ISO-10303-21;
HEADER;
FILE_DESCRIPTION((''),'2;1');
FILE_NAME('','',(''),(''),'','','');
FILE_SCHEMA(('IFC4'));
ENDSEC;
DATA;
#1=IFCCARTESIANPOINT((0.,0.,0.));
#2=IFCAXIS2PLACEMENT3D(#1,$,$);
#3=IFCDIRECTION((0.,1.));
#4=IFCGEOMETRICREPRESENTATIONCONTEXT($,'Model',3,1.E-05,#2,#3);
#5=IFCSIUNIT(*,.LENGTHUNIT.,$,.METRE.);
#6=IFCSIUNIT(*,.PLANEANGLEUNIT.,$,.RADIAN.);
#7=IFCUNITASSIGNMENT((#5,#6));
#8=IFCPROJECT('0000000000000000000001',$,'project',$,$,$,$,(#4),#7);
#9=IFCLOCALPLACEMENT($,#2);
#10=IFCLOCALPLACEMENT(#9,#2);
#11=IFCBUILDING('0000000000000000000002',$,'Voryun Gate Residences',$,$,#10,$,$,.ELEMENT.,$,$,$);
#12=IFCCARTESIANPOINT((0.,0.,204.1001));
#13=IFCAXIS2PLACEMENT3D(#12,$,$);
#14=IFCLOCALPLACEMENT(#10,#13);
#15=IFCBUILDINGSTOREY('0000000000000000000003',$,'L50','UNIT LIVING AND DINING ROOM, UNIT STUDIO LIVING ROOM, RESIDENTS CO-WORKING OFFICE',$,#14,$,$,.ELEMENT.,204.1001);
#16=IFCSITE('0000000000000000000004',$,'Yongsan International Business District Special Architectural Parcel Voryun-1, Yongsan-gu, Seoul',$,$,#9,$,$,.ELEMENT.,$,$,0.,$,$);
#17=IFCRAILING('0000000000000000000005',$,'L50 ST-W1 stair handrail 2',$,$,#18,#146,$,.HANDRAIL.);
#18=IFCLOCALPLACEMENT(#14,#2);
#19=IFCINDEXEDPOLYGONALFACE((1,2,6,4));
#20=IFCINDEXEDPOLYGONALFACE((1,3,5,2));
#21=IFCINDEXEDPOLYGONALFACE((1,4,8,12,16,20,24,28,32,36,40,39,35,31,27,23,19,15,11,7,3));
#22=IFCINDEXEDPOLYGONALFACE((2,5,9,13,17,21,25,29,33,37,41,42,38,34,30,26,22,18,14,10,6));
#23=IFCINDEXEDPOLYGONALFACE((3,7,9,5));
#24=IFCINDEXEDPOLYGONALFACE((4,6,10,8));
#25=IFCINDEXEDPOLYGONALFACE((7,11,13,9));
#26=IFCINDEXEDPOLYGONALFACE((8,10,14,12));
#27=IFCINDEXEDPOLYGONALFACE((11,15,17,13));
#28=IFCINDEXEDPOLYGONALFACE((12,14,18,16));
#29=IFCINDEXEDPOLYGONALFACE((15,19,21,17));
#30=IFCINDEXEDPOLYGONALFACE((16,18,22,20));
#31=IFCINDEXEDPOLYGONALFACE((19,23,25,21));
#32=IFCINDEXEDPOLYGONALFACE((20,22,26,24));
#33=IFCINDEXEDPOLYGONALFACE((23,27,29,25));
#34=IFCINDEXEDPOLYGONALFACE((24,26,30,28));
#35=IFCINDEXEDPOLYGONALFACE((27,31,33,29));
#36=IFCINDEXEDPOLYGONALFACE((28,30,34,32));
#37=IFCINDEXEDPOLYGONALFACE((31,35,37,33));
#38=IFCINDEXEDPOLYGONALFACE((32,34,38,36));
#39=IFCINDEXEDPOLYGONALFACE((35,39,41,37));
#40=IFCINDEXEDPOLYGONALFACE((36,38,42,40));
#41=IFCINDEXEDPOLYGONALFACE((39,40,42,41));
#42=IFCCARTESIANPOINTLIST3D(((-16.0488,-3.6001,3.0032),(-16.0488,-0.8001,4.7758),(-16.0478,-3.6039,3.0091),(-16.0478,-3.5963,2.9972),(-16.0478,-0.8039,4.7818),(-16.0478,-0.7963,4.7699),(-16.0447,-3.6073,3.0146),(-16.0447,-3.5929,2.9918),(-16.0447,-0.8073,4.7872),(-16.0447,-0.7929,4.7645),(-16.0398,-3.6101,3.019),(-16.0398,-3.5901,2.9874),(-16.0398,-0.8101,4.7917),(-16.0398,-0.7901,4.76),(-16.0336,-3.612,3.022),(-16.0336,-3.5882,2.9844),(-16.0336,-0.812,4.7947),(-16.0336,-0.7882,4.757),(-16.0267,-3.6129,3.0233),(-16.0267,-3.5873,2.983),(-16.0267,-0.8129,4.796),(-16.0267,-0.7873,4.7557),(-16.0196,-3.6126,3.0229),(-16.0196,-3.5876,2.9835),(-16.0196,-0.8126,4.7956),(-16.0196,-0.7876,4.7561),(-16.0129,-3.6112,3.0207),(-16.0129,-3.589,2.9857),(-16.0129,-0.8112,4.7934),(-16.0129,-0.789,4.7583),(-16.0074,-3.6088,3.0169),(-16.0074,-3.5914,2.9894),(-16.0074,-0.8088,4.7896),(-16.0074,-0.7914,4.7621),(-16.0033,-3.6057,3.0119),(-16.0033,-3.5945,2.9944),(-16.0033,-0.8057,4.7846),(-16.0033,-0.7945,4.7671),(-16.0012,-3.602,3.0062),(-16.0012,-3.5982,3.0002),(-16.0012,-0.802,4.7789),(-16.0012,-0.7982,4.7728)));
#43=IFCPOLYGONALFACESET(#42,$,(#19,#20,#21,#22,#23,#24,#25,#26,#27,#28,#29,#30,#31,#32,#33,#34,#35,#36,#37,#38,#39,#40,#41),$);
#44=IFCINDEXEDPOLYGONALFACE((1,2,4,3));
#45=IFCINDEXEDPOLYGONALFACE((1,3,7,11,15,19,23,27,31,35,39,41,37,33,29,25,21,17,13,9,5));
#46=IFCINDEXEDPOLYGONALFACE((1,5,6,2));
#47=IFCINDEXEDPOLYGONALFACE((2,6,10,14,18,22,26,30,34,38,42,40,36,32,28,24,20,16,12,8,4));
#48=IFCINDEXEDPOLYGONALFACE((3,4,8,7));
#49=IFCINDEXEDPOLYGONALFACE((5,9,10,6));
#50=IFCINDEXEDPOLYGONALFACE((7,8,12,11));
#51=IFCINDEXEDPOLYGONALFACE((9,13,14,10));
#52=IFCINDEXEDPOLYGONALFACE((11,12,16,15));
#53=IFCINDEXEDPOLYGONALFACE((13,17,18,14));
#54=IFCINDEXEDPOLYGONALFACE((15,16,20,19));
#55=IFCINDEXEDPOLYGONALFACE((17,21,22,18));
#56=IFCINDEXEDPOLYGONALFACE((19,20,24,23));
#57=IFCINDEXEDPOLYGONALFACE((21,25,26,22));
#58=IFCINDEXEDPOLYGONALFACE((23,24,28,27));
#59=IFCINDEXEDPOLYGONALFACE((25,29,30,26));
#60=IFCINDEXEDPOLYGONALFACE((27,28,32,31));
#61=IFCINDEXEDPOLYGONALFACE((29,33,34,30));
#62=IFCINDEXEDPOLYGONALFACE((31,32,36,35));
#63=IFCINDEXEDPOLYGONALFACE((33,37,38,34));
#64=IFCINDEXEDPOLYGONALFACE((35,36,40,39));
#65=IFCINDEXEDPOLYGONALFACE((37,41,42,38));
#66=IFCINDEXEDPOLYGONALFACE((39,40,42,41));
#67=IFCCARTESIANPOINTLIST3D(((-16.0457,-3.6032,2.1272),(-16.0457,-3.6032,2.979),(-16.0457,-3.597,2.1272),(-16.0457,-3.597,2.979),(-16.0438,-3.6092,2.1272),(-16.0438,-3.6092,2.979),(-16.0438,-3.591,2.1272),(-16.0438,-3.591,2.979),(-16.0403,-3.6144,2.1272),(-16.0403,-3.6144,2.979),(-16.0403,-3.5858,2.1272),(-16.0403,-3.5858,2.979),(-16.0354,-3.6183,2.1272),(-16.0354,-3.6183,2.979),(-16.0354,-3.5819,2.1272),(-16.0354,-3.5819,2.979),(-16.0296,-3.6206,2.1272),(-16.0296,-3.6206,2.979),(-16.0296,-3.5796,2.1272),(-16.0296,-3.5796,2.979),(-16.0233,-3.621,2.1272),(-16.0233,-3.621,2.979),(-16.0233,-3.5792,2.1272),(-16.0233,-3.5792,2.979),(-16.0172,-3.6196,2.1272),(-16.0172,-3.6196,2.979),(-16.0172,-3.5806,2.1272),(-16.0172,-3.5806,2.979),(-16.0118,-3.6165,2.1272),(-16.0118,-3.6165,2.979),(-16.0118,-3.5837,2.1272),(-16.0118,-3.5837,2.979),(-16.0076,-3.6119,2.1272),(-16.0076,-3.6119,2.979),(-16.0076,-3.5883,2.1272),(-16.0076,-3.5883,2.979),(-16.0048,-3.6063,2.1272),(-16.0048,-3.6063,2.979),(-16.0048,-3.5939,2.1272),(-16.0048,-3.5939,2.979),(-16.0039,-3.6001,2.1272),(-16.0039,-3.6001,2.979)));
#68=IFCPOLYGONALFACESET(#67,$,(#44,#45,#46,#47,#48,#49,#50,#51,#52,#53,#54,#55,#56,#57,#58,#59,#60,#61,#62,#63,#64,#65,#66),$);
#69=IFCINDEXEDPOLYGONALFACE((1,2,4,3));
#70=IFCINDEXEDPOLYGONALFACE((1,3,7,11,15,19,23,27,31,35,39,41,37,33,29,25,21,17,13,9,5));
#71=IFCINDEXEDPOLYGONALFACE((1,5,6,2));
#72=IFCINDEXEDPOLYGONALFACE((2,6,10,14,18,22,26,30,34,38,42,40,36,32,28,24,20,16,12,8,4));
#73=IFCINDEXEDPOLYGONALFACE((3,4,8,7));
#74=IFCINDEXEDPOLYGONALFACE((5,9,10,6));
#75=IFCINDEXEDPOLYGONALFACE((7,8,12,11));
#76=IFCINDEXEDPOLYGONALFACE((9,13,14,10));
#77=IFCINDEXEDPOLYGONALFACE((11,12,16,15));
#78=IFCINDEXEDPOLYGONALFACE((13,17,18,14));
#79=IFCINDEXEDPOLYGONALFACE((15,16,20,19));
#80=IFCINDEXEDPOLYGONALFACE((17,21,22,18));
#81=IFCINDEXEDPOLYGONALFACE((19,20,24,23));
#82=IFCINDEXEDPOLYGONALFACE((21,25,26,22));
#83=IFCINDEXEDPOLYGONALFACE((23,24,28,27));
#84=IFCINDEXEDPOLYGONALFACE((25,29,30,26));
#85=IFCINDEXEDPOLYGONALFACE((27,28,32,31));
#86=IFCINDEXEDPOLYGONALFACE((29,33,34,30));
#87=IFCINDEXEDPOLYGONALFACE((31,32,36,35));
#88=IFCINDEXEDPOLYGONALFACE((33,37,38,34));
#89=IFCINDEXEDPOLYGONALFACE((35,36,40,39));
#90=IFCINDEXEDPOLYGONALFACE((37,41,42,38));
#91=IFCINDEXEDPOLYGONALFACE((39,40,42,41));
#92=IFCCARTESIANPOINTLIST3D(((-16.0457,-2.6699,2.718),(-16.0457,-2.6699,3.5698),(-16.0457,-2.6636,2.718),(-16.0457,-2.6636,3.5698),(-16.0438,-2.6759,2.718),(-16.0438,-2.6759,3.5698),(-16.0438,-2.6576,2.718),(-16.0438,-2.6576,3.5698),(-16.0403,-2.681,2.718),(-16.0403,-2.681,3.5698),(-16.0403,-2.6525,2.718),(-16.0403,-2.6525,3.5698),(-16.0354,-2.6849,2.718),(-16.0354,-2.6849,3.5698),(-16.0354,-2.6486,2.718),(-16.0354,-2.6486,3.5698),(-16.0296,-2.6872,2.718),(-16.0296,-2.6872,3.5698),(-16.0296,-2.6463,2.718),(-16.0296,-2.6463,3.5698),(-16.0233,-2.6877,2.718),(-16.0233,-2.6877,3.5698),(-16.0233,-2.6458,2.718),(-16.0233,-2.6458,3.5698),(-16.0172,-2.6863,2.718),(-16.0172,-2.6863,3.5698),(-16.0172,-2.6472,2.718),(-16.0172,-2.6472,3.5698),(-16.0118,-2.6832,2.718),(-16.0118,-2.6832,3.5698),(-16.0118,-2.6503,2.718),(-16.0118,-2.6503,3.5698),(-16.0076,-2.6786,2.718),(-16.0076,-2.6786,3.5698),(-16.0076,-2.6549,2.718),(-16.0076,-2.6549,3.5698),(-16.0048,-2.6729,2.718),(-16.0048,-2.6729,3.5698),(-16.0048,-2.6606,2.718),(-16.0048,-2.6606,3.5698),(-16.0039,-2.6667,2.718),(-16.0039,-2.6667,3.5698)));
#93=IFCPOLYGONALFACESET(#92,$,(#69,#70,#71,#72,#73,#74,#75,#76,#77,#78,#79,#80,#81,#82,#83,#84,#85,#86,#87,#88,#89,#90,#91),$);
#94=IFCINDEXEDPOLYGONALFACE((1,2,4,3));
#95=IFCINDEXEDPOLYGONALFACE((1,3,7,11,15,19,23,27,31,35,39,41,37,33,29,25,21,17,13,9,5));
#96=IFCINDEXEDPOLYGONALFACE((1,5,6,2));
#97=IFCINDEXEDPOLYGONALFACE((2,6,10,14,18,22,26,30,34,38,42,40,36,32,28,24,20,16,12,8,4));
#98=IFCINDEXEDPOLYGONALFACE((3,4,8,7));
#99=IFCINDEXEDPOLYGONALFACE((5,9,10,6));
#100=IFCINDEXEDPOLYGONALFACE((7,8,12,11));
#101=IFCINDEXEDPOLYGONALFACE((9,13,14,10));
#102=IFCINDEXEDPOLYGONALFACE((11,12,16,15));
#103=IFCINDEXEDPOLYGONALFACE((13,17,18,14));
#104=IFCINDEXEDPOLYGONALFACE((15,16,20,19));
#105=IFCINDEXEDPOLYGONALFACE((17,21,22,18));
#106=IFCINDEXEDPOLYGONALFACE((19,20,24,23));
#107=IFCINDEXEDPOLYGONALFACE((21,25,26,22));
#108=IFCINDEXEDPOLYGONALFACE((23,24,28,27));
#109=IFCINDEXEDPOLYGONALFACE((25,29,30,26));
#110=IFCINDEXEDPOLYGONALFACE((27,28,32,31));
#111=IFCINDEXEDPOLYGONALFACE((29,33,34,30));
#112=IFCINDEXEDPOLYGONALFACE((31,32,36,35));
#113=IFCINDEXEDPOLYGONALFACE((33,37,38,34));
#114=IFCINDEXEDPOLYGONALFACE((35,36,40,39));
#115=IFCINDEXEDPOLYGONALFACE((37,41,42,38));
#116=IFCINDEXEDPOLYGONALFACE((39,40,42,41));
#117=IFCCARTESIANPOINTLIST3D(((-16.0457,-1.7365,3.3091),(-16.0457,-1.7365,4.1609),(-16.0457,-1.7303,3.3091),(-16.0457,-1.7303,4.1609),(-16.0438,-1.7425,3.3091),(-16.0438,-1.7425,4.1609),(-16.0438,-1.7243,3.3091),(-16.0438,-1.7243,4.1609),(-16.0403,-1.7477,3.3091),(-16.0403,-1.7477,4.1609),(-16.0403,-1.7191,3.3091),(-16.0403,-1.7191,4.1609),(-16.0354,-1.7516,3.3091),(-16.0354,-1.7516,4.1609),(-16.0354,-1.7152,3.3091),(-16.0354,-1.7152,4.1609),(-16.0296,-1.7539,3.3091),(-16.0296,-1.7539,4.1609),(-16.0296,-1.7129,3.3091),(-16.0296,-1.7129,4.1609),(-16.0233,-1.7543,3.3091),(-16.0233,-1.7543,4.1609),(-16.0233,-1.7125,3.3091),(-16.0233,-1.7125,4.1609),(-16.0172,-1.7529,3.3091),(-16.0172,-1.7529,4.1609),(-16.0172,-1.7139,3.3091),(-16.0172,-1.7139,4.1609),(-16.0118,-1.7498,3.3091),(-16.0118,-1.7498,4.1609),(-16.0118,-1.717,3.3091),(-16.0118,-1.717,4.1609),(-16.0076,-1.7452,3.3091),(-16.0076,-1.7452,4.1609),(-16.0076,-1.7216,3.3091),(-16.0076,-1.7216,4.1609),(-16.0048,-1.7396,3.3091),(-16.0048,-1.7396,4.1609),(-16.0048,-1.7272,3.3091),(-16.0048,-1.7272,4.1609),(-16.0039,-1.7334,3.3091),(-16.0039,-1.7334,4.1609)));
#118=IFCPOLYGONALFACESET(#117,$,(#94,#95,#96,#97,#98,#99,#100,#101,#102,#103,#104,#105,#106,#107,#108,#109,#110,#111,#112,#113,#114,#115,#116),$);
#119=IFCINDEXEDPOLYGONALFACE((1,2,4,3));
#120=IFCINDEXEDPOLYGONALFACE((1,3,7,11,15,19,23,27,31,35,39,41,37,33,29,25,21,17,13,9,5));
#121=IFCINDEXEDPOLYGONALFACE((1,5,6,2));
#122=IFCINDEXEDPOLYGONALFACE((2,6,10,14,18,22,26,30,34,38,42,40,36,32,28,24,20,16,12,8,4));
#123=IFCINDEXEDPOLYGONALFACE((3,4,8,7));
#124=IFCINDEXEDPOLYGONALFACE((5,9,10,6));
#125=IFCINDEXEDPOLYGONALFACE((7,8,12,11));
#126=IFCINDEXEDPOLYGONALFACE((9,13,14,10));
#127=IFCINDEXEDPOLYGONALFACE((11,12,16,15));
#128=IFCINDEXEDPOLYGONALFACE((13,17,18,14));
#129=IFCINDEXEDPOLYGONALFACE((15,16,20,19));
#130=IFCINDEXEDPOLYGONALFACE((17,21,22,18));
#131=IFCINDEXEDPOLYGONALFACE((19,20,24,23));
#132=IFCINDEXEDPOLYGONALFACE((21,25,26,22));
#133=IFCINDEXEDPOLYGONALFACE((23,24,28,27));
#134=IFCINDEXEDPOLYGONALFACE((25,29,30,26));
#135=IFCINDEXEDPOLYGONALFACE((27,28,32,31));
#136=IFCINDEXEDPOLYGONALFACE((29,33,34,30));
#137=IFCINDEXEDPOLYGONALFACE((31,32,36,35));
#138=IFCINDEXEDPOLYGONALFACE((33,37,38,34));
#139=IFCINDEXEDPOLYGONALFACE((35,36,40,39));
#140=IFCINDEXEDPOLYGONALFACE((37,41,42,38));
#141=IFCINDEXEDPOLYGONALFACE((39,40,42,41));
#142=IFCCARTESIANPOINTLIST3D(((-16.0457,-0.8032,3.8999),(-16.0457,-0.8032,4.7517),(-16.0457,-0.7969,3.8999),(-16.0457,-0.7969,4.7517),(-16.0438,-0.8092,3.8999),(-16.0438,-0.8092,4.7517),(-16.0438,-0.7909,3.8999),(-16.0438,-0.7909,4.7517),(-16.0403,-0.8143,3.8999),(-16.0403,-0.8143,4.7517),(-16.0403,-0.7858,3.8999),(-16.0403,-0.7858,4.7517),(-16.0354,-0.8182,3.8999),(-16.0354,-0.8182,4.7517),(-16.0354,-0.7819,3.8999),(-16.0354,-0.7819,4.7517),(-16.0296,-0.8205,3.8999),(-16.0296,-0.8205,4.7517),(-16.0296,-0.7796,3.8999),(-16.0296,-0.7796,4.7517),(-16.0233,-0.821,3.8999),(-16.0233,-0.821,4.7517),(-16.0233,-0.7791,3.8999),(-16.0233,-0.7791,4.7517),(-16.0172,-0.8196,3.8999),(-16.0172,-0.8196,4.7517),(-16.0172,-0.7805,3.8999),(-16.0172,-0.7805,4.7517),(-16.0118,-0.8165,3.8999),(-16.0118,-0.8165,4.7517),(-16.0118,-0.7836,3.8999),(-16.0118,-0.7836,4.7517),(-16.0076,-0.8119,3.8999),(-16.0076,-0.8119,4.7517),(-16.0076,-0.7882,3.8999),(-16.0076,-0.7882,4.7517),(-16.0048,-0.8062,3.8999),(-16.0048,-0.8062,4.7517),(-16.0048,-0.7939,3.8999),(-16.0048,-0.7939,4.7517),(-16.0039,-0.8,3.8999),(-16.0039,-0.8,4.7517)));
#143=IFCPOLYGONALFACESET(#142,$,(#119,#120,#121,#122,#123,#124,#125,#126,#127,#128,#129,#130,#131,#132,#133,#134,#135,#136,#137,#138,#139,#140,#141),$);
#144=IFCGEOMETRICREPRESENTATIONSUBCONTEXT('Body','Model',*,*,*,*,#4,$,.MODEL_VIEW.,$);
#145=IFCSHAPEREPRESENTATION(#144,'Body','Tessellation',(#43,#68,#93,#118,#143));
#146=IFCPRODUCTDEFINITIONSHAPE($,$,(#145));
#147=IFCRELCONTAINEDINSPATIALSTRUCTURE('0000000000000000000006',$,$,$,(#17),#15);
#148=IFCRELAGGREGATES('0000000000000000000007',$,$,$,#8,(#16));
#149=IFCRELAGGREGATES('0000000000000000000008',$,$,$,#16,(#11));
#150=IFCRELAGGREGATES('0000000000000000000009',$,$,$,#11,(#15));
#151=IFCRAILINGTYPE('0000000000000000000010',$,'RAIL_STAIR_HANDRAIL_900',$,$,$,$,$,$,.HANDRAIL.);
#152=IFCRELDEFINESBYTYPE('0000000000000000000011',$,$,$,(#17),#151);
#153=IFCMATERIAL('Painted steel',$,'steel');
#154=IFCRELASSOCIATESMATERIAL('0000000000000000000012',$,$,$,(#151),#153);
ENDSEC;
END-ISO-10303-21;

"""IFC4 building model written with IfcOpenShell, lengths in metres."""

from ifc_helpers import new_model, si_unit, direction, frame, origin, origin_2d, place, context, subcontext, project, spatial, circle, extrude, material, type_object, element, save


model = new_model("IFC4")

# Units and contexts
model_context = context("Model", 3, precision=1e-05, world=origin(), true_north=direction((0.0, 1.0)))
body_context = subcontext(model_context, "Body", "Model", "MODEL_VIEW")
ifc_project = project(units=[si_unit("LENGTHUNIT", "METRE"), si_unit("PLANEANGLEUNIT", "RADIAN")], contexts=[model_context])

# Site, building, storey
site_placement = place(None, origin())
site = spatial("IfcSite", under=ifc_project, at=site_placement, Name="Yongsan International Business District Special Architectural Parcel Voryun-1, Yongsan-gu, Seoul", CompositionType="ELEMENT", RefElevation=0.0)
building_placement = place(site_placement, origin())
building = spatial("IfcBuilding", under=site, at=building_placement, Name="Voryun Gate Residences", CompositionType="ELEMENT")
storey_placement = place(building_placement, frame((0.0, 0.0, 204.1001)))
storey = spatial("IfcBuildingStorey", under=building, at=storey_placement, Name="L50", Description="UNIT LIVING AND DINING ROOM, UNIT STUDIO LIVING ROOM, RESIDENTS CO-WORKING OFFICE", CompositionType="ELEMENT", Elevation=204.1001)

# Railing
ifc_material_1 = material(Name="Painted steel", Category="steel")
railing_type_1 = type_object("IfcRailingType", Name="RAIL_STAIR_HANDRAIL_900", PredefinedType="HANDRAIL", material=ifc_material_1)
railing_1_placement = place(storey_placement, frame((-16.0249, -3.6001, 2.1272)))
element("IfcRailing", 1, at=railing_1_placement, inside=storey, type_object=railing_type_1, Name="L50 ST-W1 stair handrail 2", PredefinedType="HANDRAIL", context=body_context, shape_type="SweptSolid", body=[
    extrude(circle(Radius=0.0239, at=origin_2d()), frame((0.0, 0.0, 0.876), z_axis=(0.0, 0.844909, 0.53491), x_axis=(-1.0, 0.0, 0.0)), (0.0, 0.0, 1.0), 3.314),
    extrude(circle(Radius=0.021, at=origin_2d()), origin(), (0.0, 0.0, 1.0), 0.8518),
    extrude(circle(Radius=0.021, at=origin_2d()), frame((0.0, 0.9333, 0.5908)), (0.0, 0.0, 1.0), 0.8518),
    extrude(circle(Radius=0.021, at=origin_2d()), frame((0.0, 1.8667, 1.1819)), (0.0, 0.0, 1.0), 0.8518),
    extrude(circle(Radius=0.021, at=origin_2d()), frame((0.0, 2.8, 1.7727)), (0.0, 0.0, 1.0), 0.8518),
])

save(model, "model.ifc")
